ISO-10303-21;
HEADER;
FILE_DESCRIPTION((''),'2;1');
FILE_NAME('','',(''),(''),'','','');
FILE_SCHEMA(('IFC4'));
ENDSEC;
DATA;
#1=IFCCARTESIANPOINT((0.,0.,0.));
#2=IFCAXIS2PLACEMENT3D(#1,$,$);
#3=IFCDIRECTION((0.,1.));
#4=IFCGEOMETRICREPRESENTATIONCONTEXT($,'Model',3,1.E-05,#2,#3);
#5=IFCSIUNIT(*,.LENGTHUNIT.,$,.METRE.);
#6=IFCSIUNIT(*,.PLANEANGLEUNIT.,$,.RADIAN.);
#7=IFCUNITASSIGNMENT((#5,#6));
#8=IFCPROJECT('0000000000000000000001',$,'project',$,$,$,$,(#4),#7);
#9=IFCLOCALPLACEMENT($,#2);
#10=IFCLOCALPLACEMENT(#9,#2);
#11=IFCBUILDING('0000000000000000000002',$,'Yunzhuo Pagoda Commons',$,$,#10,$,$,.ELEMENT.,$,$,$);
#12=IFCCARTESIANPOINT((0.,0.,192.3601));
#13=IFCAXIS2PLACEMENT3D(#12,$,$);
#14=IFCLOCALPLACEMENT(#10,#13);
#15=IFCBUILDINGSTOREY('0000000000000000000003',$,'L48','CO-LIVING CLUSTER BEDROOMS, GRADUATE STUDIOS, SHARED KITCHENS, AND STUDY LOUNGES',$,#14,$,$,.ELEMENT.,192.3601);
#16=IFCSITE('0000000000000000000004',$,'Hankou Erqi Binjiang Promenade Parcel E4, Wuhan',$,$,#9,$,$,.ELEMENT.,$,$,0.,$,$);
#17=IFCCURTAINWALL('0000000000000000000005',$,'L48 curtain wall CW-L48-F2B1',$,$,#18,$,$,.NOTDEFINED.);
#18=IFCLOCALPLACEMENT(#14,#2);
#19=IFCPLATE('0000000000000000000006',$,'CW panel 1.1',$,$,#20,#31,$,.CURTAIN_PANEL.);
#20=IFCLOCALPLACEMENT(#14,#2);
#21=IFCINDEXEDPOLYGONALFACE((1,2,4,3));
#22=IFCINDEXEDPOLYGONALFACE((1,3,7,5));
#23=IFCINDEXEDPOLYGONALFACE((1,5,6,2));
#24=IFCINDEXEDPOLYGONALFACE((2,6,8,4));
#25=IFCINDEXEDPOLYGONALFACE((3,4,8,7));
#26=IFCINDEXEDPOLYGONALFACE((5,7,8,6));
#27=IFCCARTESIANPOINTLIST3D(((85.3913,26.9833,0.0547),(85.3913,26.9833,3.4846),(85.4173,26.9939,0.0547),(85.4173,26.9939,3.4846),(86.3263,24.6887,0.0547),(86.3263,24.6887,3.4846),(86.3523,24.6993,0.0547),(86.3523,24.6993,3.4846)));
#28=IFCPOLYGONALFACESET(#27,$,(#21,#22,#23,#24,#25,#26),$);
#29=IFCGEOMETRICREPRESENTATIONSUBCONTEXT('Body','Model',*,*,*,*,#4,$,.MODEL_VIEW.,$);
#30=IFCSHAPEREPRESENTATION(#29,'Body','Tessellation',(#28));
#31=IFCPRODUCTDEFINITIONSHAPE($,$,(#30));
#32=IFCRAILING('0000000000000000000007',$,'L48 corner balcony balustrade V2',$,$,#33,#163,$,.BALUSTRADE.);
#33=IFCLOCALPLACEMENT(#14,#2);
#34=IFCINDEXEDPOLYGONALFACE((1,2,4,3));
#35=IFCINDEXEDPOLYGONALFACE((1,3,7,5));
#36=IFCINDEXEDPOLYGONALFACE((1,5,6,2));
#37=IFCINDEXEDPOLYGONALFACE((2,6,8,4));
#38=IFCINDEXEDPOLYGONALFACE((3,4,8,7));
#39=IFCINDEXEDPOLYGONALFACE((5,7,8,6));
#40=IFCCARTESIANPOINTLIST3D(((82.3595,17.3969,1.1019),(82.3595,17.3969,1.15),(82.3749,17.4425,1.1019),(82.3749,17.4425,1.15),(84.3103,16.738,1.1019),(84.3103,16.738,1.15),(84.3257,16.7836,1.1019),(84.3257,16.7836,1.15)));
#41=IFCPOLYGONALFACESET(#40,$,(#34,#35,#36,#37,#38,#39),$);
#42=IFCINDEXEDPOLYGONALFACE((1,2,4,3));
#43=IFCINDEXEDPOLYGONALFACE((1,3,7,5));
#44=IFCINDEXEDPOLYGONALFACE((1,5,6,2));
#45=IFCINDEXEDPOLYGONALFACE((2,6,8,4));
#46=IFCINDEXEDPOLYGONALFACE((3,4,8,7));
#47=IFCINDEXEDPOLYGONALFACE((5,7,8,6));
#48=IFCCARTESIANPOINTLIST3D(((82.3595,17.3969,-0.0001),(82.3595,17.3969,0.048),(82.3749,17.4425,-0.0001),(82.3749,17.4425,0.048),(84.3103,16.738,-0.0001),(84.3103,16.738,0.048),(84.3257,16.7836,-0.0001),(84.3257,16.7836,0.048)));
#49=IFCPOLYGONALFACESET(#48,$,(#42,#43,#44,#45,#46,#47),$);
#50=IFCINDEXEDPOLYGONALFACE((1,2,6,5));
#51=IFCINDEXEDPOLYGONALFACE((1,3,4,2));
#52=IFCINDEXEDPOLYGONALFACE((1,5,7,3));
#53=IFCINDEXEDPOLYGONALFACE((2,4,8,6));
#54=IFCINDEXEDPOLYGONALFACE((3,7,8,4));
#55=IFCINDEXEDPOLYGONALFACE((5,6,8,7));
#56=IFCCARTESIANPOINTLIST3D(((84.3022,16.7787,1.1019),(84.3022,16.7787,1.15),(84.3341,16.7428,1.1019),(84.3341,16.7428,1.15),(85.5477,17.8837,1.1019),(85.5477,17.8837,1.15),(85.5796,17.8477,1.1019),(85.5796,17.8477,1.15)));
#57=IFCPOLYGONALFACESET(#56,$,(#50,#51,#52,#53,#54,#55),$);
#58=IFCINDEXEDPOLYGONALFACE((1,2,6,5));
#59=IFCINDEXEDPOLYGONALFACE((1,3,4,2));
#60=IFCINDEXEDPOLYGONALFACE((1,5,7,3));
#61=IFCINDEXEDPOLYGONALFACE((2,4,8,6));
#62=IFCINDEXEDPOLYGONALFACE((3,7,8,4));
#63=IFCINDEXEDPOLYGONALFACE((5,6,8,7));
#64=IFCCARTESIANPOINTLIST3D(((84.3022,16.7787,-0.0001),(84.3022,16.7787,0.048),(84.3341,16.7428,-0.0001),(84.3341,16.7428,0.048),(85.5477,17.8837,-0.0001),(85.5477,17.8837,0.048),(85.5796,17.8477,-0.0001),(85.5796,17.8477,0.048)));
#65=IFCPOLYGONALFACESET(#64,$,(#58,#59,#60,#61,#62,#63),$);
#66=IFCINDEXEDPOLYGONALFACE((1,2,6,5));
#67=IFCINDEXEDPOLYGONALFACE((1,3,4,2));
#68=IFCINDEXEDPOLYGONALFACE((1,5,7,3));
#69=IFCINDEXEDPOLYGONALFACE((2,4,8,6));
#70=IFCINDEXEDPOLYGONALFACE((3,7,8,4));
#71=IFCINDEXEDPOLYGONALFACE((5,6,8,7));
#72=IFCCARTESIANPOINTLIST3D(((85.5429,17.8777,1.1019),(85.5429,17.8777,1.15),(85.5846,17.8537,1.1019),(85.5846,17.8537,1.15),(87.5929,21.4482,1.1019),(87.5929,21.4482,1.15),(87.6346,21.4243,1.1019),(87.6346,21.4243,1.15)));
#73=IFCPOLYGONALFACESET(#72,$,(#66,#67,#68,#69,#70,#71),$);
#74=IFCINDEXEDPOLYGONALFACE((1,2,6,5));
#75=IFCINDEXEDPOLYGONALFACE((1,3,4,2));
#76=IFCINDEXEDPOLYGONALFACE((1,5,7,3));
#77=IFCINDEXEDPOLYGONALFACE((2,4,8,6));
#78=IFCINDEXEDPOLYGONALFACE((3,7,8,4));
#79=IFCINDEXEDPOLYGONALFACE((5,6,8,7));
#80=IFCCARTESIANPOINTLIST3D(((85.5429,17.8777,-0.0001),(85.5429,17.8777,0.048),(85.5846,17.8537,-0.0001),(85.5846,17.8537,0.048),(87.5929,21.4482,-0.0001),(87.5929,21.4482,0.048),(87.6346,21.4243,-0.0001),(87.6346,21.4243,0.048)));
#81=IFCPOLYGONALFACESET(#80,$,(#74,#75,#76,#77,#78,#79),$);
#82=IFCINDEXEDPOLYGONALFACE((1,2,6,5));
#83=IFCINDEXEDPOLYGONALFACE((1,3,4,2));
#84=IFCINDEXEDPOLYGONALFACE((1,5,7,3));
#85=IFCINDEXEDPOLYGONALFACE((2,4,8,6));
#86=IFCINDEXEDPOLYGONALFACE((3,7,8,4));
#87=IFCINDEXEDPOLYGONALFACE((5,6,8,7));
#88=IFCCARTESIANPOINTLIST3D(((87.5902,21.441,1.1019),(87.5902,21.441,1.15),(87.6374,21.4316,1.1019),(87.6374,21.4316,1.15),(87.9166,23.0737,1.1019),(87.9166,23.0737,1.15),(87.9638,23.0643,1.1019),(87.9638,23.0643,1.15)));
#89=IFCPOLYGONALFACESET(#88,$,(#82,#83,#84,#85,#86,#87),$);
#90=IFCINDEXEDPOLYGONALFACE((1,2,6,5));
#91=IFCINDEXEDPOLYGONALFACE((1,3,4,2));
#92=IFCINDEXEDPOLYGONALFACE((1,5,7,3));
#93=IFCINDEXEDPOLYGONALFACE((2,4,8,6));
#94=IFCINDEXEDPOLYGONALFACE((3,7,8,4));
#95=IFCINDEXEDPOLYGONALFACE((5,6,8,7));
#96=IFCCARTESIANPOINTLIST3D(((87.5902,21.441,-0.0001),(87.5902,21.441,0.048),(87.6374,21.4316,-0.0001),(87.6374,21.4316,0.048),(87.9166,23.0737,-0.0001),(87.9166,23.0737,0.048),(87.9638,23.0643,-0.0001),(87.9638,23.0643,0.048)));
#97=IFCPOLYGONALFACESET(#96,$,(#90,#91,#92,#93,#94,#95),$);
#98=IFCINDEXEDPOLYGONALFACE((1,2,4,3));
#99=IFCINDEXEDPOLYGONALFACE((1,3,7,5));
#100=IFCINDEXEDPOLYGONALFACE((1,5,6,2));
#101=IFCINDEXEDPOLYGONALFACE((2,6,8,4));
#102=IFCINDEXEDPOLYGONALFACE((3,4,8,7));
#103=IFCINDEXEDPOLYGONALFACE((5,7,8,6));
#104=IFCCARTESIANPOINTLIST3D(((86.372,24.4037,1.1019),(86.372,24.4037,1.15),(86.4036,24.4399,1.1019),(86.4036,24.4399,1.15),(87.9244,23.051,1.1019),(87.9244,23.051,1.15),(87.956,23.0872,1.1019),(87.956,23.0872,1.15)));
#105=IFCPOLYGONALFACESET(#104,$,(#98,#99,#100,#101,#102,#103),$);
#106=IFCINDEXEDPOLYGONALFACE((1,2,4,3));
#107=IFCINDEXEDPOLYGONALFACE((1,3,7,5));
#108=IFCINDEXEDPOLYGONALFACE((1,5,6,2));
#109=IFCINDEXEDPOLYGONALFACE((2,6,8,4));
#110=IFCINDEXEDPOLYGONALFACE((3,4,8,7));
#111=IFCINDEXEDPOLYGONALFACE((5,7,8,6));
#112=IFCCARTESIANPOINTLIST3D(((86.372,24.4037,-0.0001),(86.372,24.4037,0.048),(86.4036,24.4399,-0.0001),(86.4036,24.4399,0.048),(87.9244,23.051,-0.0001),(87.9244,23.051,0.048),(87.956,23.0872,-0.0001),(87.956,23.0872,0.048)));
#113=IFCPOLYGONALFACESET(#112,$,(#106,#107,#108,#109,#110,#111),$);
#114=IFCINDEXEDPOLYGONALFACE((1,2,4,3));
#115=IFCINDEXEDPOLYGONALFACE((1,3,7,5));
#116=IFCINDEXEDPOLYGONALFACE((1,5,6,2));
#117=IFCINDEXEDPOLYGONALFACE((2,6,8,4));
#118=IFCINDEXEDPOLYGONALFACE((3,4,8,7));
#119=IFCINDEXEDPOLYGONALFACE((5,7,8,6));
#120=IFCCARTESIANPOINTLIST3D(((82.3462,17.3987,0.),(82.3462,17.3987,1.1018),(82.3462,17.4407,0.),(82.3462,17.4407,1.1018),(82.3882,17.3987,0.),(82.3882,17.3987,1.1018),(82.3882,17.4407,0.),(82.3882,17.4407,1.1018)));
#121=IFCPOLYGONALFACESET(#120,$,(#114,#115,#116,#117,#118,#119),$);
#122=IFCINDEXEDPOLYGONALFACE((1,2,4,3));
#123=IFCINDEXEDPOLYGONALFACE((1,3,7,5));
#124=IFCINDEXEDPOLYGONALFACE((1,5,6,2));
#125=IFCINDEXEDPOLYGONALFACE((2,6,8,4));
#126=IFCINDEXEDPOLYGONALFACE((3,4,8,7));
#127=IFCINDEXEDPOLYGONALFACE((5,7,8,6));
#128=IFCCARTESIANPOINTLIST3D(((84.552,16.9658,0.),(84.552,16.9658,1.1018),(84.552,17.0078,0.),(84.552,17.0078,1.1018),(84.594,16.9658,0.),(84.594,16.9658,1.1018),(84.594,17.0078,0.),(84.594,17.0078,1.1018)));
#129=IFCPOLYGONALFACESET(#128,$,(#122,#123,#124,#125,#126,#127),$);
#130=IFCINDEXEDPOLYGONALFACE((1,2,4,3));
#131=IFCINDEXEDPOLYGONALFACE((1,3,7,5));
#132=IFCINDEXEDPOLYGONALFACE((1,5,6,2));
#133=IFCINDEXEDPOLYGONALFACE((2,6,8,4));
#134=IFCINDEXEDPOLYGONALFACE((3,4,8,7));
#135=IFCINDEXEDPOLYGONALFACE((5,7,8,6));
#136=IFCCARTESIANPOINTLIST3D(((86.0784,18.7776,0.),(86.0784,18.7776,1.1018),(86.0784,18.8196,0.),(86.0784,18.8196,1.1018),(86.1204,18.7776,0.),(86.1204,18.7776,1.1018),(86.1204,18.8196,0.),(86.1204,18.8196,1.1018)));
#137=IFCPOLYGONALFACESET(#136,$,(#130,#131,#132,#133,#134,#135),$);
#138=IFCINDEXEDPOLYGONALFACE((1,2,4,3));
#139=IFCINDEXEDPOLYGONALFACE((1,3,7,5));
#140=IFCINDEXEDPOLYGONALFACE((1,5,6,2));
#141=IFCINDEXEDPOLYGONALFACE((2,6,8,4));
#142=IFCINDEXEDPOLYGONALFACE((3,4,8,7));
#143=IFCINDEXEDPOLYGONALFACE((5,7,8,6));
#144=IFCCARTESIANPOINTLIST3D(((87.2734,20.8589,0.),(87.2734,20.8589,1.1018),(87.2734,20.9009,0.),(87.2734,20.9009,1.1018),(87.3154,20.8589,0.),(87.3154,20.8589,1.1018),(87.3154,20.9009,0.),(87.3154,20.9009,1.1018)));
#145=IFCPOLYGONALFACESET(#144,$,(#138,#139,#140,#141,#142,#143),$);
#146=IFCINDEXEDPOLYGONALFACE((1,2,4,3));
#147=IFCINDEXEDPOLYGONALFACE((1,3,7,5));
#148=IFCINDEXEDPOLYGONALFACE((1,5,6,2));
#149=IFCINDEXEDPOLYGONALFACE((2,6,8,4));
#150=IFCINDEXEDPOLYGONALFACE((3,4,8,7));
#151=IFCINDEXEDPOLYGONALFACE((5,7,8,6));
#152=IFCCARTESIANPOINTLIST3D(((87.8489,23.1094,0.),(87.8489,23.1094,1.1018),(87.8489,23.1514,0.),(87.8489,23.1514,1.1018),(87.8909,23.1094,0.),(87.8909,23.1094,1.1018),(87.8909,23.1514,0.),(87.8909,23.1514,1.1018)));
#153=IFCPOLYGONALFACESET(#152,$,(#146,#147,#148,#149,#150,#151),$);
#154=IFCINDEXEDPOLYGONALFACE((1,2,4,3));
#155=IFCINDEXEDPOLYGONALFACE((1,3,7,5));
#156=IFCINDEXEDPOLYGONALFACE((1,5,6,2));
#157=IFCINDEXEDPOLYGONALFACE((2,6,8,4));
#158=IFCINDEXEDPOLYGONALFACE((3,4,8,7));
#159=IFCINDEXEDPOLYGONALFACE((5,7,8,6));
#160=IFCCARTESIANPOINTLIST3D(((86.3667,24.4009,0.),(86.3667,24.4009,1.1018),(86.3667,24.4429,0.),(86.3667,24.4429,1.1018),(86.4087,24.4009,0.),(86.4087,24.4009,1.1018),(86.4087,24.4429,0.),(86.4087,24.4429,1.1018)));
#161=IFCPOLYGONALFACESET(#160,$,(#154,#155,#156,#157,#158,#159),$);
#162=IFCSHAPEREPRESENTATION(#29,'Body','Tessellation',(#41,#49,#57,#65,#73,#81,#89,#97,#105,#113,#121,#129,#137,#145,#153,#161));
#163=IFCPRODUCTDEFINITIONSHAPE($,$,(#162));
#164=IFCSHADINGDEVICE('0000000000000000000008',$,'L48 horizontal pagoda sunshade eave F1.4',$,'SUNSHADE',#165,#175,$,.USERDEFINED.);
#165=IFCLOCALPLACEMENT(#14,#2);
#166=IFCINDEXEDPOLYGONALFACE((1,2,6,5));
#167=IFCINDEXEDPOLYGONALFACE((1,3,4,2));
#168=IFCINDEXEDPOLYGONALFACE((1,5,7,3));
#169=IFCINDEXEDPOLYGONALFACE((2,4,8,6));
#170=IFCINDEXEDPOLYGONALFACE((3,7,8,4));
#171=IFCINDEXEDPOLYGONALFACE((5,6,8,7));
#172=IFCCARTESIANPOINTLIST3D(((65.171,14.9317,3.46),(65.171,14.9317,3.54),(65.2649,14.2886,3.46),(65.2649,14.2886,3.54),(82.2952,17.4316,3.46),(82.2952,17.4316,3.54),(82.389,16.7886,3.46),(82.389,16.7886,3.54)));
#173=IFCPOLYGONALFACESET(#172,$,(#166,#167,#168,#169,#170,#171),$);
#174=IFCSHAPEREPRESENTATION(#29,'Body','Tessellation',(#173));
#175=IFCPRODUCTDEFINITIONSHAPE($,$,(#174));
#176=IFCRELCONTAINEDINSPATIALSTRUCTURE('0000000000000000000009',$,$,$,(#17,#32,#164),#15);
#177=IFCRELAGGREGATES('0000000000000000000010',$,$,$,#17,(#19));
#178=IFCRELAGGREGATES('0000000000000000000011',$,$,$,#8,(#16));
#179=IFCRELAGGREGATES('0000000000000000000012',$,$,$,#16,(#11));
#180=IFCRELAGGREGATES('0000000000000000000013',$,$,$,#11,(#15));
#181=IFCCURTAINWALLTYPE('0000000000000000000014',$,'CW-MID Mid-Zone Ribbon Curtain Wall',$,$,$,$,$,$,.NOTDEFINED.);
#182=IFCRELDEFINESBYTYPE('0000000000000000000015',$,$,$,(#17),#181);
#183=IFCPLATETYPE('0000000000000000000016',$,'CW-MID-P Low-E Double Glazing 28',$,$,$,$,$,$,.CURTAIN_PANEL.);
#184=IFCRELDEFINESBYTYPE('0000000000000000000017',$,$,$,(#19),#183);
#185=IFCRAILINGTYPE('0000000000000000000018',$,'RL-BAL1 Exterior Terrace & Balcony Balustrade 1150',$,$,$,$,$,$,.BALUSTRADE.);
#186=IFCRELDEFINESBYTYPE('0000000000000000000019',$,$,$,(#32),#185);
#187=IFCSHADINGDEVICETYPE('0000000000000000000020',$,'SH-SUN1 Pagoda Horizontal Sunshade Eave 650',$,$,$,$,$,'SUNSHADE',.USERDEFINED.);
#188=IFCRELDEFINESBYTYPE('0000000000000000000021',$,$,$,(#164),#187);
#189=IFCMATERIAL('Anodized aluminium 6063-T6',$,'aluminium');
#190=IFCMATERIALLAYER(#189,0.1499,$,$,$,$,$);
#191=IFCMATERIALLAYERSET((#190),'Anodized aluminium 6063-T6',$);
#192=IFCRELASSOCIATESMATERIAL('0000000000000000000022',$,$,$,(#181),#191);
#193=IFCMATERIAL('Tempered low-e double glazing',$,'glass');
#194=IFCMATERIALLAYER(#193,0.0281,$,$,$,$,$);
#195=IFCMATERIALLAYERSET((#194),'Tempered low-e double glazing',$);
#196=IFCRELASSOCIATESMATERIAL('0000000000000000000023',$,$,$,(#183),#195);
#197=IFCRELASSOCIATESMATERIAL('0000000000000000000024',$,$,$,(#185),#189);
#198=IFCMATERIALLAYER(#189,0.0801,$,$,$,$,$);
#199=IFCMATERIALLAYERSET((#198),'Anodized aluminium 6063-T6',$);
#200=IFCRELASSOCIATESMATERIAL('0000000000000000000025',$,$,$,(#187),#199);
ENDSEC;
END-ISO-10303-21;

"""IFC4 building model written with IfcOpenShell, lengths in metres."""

from ifc_helpers import new_model, si_unit, direction, frame, origin, origin_2d, place, context, subcontext, project, spatial, rectangle, extrude, source, transform, mapped, material, layer, layer_set, type_object, element, aggregate, save


model = new_model("IFC4")

# Units and contexts
model_context = context("Model", 3, precision=1e-05, world=origin(), true_north=direction((0.0, 1.0)))
body_context = subcontext(model_context, "Body", "Model", "MODEL_VIEW")
ifc_project = project(units=[si_unit("LENGTHUNIT", "METRE"), si_unit("PLANEANGLEUNIT", "RADIAN")], contexts=[model_context])

# Site, building, storey
site_placement = place(None, origin())
site = spatial("IfcSite", under=ifc_project, at=site_placement, Name="Hankou Erqi Binjiang Promenade Parcel E4, Wuhan", CompositionType="ELEMENT", RefElevation=0.0)
building_placement = place(site_placement, origin())
building = spatial("IfcBuilding", under=site, at=building_placement, Name="Yunzhuo Pagoda Commons", CompositionType="ELEMENT")
storey_placement = place(building_placement, frame((0.0, 0.0, 192.3601)))
storey = spatial("IfcBuildingStorey", under=building, at=storey_placement, Name="L48", Description="CO-LIVING CLUSTER BEDROOMS, GRADUATE STUDIOS, SHARED KITCHENS, AND STUDY LOUNGES", CompositionType="ELEMENT", Elevation=192.3601)

# Shared definitions
ifc_material_1 = material(Name="Anodized aluminium 6063-T6", Category="aluminium")
ifc_layer_1 = layer(ifc_material_1, 0.1499)
ifc_layer_set_1 = layer_set([ifc_layer_1], Name="Anodized aluminium 6063-T6")
curtain_wall_type = type_object("IfcCurtainWallType", Name="CW-MID Mid-Zone Ribbon Curtain Wall", PredefinedType="NOTDEFINED", material=ifc_layer_set_1)

# Curtain wall
curtain_wall_1_placement = place(storey_placement, origin())
curtain_wall_1 = element("IfcCurtainWall", 1, at=curtain_wall_1_placement, inside=storey, type_object=curtain_wall_type, Name="L48 curtain wall CW-L48-F2B1", PredefinedType="NOTDEFINED")

# Shared definitions
ifc_material_2 = material(Name="Tempered low-e double glazing", Category="glass")
ifc_layer_2 = layer(ifc_material_2, 0.0281)
ifc_layer_set_2 = layer_set([ifc_layer_2], Name="Tempered low-e double glazing")
plate_type_1 = type_object("IfcPlateType", Name="CW-MID-P Low-E Double Glazing 28", PredefinedType="CURTAIN_PANEL", material=ifc_layer_set_2)

# Plate
shared_shape_1 = source(origin(), body_context, "Body", "SweptSolid", [
    extrude(rectangle(XDim=2.4778, YDim=0.0281, at=origin_2d()), origin(), (0.0, 0.0, 1.0), 3.4299),
])
plate_1_placement = place(storey_placement, frame((85.8718, 25.8413, 0.0547), z_axis=(0.0, 0.0, 1.0), x_axis=(-0.377349, 0.926071, 0.0)))
plate_1 = element("IfcPlate", 2, at=plate_1_placement, type_object=plate_type_1, Name="CW panel 1.1", PredefinedType="CURTAIN_PANEL", context=body_context, shape_type="MappedRepresentation", body=[
    mapped(shared_shape_1, transform((0.0, 0.0, 0.0), scale=1.0)),
])
aggregate(curtain_wall_1, [plate_1])

# Railing
railing_type = type_object("IfcRailingType", Name="RL-BAL1 Exterior Terrace & Balcony Balustrade 1150", PredefinedType="BALUSTRADE", material=ifc_material_1)
railing_placement = place(storey_placement, frame((82.3672, 17.4197, 0.0)))
element("IfcRailing", 3, at=railing_placement, inside=storey, type_object=railing_type, Name="L48 corner balcony balustrade V2", PredefinedType="BALUSTRADE", context=body_context, shape_type="SweptSolid", body=[
    extrude(rectangle(XDim=0.0481, YDim=0.0481, at=origin_2d()), frame((0.0, 0.0, 1.126), z_axis=(0.947419, -0.319996, 0.0), x_axis=(0.319996, 0.947419, 0.0)), (0.0, 0.0, 1.0), 2.0591),
    extrude(rectangle(XDim=0.0481, YDim=0.0481, at=origin_2d()), frame((0.0, 0.0, 0.0239), z_axis=(0.947419, -0.319996, 0.0), x_axis=(0.319996, 0.947419, 0.0)), (0.0, 0.0, 1.0), 2.0591),
    extrude(rectangle(XDim=0.0481, YDim=0.0481, at=origin_2d()), frame((1.9509, -0.6589, 1.126), z_axis=(0.748072, 0.663617, 0.0), x_axis=(-0.663617, 0.748072, 0.0)), (0.0, 0.0, 1.0), 1.665),
    extrude(rectangle(XDim=0.0481, YDim=0.0481, at=origin_2d()), frame((1.9509, -0.6589, 0.0239), z_axis=(0.748072, 0.663617, 0.0), x_axis=(-0.663617, 0.748072, 0.0)), (0.0, 0.0, 1.0), 1.665),
    extrude(rectangle(XDim=0.0481, YDim=0.0481, at=origin_2d()), frame((3.1965, 0.446, 1.126), z_axis=(0.49792, 0.867223, 0.0), x_axis=(-0.867223, 0.49792, 0.0)), (0.0, 0.0, 1.0), 4.1172),
    extrude(rectangle(XDim=0.0481, YDim=0.0481, at=origin_2d()), frame((3.1965, 0.446, 0.0239), z_axis=(0.49792, 0.867223, 0.0), x_axis=(-0.867223, 0.49792, 0.0)), (0.0, 0.0, 1.0), 4.1172),
    extrude(rectangle(XDim=0.0481, YDim=0.0481, at=origin_2d()), frame((5.2466, 4.0166, 1.126), z_axis=(0.196032, 0.980598, 0.0), x_axis=(-0.980598, 0.196032, 0.0)), (0.0, 0.0, 1.0), 1.665),
    extrude(rectangle(XDim=0.0481, YDim=0.0481, at=origin_2d()), frame((5.2466, 4.0166, 0.0239), z_axis=(0.196032, 0.980598, 0.0), x_axis=(-0.980598, 0.196032, 0.0)), (0.0, 0.0, 1.0), 1.665),
    extrude(rectangle(XDim=0.0481, YDim=0.0481, at=origin_2d()), frame((5.573, 5.6494, 1.126), z_axis=(-0.753934, 0.65695, 0.0), x_axis=(-0.65695, -0.753934, 0.0)), (0.0, 0.0, 1.0), 2.0591),
    extrude(rectangle(XDim=0.0481, YDim=0.0481, at=origin_2d()), frame((5.573, 5.6494, 0.0239), z_axis=(-0.753934, 0.65695, 0.0), x_axis=(-0.65695, -0.753934, 0.0)), (0.0, 0.0, 1.0), 2.0591),
    extrude(rectangle(XDim=0.042, YDim=0.042, at=origin_2d()), origin(), (0.0, 0.0, 1.0), 1.1018),
    extrude(rectangle(XDim=0.042, YDim=0.042, at=origin_2d()), frame((2.2058, -0.4329, 0.0)), (0.0, 0.0, 1.0), 1.1018),
    extrude(rectangle(XDim=0.042, YDim=0.042, at=origin_2d()), frame((3.7322, 1.3789, 0.0)), (0.0, 0.0, 1.0), 1.1018),
    extrude(rectangle(XDim=0.042, YDim=0.042, at=origin_2d()), frame((4.9272, 3.4602, 0.0)), (0.0, 0.0, 1.0), 1.1018),
    extrude(rectangle(XDim=0.042, YDim=0.042, at=origin_2d()), frame((5.5027, 5.7107, 0.0)), (0.0, 0.0, 1.0), 1.1018),
    extrude(rectangle(XDim=0.042, YDim=0.042, at=origin_2d()), frame((4.0205, 7.0022, 0.0)), (0.0, 0.0, 1.0), 1.1018),
])

# Shading device
ifc_layer_3 = layer(ifc_material_1, 0.0801)
ifc_layer_set_3 = layer_set([ifc_layer_3], Name="Anodized aluminium 6063-T6")
shading_device_type = type_object("IfcShadingDeviceType", Name="SH-SUN1 Pagoda Horizontal Sunshade Eave 650", ElementType="SUNSHADE", PredefinedType="USERDEFINED", material=ifc_layer_set_3)
shared_shape_2 = source(origin(), body_context, "Body", "SweptSolid", [
    extrude(rectangle(XDim=17.3057, YDim=0.6499, at=origin_2d()), origin(), (0.0, 0.0, 1.0), 0.0801),
])
shading_device_placement = place(storey_placement, frame((73.78, 15.8601, 3.46), z_axis=(0.0, 0.0, 1.0), x_axis=(0.989511, 0.14446, 0.0)))
element("IfcShadingDevice", 4, at=shading_device_placement, inside=storey, type_object=shading_device_type, Name="L48 horizontal pagoda sunshade eave F1.4", ObjectType="SUNSHADE", PredefinedType="USERDEFINED", context=body_context, shape_type="MappedRepresentation", body=[
    mapped(shared_shape_2, transform((0.0, 0.0, 0.0), scale=1.0)),
])

save(model, "model.ifc")
